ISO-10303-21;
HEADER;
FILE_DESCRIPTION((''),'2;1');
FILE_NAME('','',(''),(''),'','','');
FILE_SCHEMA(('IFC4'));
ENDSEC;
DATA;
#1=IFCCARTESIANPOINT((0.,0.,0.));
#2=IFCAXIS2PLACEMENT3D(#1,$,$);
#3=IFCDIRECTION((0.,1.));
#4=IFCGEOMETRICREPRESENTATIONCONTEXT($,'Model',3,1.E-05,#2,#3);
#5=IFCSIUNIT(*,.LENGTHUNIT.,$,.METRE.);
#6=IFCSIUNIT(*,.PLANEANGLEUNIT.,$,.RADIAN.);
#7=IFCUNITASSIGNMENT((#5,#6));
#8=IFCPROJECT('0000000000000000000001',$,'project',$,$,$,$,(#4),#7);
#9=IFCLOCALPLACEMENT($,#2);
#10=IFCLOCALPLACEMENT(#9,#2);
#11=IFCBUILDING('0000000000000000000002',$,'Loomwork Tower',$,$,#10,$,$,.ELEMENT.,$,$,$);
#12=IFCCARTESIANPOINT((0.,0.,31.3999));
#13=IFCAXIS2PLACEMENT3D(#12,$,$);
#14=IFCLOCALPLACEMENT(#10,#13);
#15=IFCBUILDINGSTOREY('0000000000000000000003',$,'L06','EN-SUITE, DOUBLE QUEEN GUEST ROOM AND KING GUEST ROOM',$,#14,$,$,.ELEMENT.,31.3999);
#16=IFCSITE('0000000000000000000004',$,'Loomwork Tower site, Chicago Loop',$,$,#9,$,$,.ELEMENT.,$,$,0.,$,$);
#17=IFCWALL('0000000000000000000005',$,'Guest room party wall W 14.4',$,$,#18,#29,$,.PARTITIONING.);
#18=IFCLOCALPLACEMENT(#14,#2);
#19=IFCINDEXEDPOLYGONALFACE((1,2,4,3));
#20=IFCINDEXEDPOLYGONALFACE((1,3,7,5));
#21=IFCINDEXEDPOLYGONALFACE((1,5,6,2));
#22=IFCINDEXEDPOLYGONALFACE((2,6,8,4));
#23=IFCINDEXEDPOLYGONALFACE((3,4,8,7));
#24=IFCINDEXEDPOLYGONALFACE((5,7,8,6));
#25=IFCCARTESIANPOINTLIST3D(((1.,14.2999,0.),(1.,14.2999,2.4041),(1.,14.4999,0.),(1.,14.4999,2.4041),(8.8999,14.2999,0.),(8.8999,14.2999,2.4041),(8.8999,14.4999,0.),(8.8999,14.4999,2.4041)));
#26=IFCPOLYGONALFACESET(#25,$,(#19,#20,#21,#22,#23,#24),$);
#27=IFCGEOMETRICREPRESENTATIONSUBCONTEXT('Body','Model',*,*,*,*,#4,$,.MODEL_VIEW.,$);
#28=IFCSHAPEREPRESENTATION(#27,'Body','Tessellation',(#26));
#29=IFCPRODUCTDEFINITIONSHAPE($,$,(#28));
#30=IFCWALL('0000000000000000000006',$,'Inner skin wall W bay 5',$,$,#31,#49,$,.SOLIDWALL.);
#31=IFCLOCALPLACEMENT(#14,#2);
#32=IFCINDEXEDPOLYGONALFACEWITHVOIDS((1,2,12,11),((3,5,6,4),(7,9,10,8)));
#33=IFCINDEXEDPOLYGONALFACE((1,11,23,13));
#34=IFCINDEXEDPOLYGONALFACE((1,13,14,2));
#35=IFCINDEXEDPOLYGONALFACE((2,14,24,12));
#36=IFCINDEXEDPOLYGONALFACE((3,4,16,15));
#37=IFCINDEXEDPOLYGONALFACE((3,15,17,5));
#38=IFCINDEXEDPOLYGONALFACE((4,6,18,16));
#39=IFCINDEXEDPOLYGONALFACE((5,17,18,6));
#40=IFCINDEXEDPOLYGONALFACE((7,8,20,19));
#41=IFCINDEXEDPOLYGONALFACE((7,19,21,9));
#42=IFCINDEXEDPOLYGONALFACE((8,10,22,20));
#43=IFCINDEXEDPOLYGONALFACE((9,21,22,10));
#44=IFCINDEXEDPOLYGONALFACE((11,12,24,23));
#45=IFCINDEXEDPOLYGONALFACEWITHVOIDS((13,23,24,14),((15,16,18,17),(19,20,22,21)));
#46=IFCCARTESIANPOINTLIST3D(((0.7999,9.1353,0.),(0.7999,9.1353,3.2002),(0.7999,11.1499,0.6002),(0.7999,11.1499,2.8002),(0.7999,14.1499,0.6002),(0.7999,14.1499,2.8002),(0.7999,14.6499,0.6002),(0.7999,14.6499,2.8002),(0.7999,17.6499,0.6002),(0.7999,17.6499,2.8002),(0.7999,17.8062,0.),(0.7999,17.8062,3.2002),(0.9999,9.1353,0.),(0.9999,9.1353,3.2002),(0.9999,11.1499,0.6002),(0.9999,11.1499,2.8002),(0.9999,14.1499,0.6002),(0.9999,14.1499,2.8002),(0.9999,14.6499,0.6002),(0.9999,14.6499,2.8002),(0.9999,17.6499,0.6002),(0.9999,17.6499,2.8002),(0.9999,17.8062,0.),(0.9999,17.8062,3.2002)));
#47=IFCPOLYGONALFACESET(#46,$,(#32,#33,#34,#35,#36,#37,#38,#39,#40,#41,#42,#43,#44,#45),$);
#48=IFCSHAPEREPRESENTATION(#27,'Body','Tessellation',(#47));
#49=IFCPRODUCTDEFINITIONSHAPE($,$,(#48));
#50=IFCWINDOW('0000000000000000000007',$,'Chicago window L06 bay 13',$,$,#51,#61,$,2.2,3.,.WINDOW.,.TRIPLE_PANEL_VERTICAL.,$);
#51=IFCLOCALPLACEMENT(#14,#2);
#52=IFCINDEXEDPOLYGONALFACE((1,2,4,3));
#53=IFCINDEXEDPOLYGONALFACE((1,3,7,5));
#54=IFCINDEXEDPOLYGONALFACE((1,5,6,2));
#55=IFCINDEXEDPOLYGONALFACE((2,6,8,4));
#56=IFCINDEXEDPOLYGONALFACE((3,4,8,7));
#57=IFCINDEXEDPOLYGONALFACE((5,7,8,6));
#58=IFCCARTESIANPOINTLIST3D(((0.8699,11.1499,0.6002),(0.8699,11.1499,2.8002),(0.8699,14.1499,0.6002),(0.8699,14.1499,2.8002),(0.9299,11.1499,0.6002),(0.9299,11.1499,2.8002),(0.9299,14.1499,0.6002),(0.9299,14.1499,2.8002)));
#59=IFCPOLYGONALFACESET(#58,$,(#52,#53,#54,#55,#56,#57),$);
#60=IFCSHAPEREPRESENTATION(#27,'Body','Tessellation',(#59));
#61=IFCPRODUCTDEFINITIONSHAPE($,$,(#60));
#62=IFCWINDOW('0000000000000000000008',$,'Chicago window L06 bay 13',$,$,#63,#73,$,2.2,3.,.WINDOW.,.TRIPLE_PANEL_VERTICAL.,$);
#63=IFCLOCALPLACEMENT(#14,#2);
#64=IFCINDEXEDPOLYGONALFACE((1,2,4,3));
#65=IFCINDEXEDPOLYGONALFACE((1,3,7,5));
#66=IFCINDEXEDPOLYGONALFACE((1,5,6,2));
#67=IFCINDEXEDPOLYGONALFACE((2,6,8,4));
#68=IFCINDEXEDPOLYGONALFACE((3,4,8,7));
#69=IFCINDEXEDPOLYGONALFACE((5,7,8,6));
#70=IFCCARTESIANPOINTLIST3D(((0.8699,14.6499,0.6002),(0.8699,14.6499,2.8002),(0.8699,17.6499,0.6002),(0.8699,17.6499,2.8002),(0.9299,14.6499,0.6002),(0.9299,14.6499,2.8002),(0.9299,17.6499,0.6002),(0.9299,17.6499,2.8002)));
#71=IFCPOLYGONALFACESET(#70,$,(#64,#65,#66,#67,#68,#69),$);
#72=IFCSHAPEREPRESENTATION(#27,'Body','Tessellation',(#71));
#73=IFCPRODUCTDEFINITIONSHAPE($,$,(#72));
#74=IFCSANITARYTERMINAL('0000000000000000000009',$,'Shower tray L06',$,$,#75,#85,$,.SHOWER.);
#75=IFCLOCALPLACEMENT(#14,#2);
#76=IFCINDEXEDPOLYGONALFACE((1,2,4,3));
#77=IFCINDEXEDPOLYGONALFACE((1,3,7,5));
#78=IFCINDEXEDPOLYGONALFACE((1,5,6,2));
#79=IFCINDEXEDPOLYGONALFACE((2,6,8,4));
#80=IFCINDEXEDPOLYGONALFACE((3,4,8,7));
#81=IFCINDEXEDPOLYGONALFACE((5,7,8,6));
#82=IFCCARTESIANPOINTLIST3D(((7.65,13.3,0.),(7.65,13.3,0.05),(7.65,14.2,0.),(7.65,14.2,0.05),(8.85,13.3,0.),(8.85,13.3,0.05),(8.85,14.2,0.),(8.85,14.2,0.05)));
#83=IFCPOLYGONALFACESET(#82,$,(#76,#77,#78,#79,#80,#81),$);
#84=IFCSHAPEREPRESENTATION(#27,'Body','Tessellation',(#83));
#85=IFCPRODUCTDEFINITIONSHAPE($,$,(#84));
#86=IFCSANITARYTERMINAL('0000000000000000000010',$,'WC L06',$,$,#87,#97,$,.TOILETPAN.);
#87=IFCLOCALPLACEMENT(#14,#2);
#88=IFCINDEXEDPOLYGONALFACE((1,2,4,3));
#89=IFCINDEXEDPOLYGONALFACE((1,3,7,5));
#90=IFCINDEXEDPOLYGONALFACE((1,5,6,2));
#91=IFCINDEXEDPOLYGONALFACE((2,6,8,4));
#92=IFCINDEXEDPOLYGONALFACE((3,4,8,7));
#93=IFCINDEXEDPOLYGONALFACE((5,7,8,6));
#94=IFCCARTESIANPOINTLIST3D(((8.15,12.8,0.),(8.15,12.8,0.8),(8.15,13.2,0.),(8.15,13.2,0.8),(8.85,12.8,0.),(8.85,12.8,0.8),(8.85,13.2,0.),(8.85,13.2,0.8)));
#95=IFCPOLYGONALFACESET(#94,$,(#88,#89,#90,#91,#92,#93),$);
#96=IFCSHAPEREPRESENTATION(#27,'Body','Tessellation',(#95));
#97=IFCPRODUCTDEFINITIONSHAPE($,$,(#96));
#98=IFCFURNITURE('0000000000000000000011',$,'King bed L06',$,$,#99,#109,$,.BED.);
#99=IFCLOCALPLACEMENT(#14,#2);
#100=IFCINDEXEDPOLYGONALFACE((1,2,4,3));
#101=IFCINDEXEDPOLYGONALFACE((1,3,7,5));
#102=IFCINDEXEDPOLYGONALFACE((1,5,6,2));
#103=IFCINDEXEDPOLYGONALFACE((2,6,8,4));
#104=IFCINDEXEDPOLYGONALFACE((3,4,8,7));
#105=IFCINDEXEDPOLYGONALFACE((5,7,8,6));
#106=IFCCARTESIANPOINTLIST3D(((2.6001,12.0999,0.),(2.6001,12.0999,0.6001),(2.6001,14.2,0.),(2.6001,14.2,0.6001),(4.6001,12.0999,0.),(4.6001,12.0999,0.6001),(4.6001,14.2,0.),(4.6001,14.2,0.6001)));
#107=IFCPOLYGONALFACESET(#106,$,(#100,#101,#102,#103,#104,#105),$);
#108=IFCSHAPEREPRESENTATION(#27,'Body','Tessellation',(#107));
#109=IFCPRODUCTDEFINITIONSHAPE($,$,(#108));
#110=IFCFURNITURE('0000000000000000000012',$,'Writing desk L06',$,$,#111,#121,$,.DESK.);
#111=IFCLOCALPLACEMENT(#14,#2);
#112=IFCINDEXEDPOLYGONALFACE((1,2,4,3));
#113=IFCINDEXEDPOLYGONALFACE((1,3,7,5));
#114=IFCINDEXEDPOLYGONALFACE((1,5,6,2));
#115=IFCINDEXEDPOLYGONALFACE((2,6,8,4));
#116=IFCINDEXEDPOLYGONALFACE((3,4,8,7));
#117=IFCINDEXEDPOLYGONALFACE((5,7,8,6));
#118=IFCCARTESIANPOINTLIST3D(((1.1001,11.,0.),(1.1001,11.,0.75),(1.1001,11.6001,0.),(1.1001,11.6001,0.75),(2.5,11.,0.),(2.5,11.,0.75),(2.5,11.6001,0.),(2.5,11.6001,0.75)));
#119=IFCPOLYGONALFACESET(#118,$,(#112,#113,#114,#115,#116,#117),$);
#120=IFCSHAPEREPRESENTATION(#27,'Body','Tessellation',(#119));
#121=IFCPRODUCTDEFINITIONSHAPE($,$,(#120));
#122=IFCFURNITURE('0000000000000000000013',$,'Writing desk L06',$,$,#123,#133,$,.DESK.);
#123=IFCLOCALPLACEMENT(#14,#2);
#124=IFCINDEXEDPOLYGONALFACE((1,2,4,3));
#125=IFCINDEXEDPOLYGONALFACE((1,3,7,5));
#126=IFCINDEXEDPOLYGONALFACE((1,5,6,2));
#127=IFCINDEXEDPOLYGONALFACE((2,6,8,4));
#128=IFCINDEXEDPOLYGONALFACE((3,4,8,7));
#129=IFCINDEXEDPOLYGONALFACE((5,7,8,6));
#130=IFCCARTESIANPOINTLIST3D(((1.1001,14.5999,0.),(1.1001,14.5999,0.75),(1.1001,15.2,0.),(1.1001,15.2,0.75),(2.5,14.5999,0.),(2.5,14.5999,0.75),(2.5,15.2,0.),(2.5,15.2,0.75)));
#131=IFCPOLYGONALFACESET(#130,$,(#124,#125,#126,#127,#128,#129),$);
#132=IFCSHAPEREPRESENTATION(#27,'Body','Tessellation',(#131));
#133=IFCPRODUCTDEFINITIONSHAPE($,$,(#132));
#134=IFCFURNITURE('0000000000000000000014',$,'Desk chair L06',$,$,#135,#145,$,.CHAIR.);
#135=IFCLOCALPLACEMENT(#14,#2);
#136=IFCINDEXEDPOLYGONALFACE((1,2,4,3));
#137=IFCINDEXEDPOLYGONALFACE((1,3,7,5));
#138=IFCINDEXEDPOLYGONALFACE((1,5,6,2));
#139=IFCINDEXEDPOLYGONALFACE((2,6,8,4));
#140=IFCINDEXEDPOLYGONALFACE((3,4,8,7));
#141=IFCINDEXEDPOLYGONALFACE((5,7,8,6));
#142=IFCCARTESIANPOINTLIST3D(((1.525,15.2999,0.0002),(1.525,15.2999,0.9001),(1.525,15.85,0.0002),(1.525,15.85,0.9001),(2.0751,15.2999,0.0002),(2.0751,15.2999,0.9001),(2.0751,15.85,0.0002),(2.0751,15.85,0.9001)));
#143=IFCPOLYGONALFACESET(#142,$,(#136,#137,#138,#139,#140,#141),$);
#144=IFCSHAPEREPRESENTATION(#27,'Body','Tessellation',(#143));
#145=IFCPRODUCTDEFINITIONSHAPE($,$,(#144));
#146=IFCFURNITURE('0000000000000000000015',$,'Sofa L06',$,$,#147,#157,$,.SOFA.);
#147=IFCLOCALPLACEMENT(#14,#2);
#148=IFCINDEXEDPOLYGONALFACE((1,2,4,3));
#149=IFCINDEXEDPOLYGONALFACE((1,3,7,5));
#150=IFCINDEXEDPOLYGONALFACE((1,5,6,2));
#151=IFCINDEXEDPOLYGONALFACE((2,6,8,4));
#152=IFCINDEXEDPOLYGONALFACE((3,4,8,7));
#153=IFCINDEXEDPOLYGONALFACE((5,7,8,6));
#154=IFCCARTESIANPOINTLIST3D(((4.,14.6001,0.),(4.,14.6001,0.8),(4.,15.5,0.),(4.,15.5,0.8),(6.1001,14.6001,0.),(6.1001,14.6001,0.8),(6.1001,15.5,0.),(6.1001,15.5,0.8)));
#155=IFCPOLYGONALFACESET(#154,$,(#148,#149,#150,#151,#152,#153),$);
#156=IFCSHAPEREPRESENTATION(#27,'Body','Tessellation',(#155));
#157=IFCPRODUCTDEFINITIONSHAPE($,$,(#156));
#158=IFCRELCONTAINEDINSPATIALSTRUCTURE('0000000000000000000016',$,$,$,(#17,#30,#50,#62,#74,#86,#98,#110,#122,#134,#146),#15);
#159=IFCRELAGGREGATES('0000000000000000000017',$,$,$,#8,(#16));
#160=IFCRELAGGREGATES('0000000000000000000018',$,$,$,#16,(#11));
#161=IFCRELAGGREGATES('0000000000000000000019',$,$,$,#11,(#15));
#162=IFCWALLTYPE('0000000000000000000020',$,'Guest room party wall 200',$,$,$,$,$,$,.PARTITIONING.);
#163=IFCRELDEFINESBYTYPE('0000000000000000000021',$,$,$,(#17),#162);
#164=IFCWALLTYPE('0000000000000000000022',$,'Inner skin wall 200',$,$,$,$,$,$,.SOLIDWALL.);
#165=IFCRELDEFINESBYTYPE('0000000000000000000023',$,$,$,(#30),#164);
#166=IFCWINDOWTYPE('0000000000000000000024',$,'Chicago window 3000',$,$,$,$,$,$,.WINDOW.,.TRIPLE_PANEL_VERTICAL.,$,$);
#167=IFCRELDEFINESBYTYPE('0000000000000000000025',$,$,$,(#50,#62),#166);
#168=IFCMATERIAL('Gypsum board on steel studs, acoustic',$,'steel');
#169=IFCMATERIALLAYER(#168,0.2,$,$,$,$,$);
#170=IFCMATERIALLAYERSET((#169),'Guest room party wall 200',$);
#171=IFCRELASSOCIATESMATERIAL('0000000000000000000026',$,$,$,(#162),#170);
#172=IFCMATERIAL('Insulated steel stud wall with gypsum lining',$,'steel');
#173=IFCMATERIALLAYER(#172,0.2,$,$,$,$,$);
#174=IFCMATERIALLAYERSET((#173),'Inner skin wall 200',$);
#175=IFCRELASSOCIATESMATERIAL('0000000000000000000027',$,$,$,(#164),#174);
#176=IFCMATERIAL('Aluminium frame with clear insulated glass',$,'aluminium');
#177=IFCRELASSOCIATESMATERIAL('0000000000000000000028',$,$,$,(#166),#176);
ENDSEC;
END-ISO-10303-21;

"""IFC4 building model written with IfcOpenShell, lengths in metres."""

from ifc_helpers import new_model, si_unit, direction, frame, frame_2d, origin, origin_2d, place, context, subcontext, project, spatial, rectangle, extrude, material, layer, layer_set, type_object, element, fill, save


model = new_model("IFC4")

# Units and contexts
model_context = context("Model", 3, precision=1e-05, world=origin(), true_north=direction((0.0, 1.0)))
body_context = subcontext(model_context, "Body", "Model", "MODEL_VIEW")
ifc_project = project(units=[si_unit("LENGTHUNIT", "METRE"), si_unit("PLANEANGLEUNIT", "RADIAN")], contexts=[model_context])

# Site, building, storey
site_placement = place(None, origin())
site = spatial("IfcSite", under=ifc_project, at=site_placement, Name="Loomwork Tower site, Chicago Loop", CompositionType="ELEMENT", RefElevation=0.0)
building_placement = place(site_placement, origin())
building = spatial("IfcBuilding", under=site, at=building_placement, Name="Loomwork Tower", CompositionType="ELEMENT")
storey_placement = place(building_placement, frame((0.0, 0.0, 31.3999)))
storey = spatial("IfcBuildingStorey", under=building, at=storey_placement, Name="L06", Description="EN-SUITE, DOUBLE QUEEN GUEST ROOM AND KING GUEST ROOM", CompositionType="ELEMENT", Elevation=31.3999)

# Wall
ifc_material_1 = material(Name="Gypsum board on steel studs, acoustic", Category="steel")
ifc_layer_1 = layer(ifc_material_1, 0.2)
ifc_layer_set_1 = layer_set([ifc_layer_1], Name="Guest room party wall 200")
wall_type_1 = type_object("IfcWallType", Name="Guest room party wall 200", PredefinedType="PARTITIONING", material=ifc_layer_set_1)
wall_1_placement = place(storey_placement, frame((8.8999, 14.3999, 0.0), z_axis=(0.0, 0.0, 1.0), x_axis=(-1.0, 0.0, 0.0)))
element("IfcWall", 1, at=wall_1_placement, inside=storey, type_object=wall_type_1, Name="Guest room party wall W 14.4", PredefinedType="PARTITIONING", context=body_context, shape_type="SweptSolid", body=[
    extrude(rectangle(XDim=7.8999, YDim=0.2, at=frame_2d((3.95, 0.0))), origin(), (0.0, 0.0, 1.0), 2.4041),
])

# Wall, openings, windows
ifc_material_2 = material(Name="Insulated steel stud wall with gypsum lining", Category="steel")
ifc_layer_2 = layer(ifc_material_2, 0.2)
ifc_layer_set_2 = layer_set([ifc_layer_2], Name="Inner skin wall 200")
wall_type_2 = type_object("IfcWallType", Name="Inner skin wall 200", PredefinedType="SOLIDWALL", material=ifc_layer_set_2)
wall_2_placement = place(storey_placement, frame((0.8999, 9.1353, 0.0), z_axis=(0.0, 0.0, 1.0), x_axis=(0.0, 1.0, 0.0)))
wall_2 = element("IfcWall", 2, at=wall_2_placement, inside=storey, type_object=wall_type_2, Name="Inner skin wall W bay 5", PredefinedType="SOLIDWALL", context=body_context, shape_type="SweptSolid", body=[
    extrude(rectangle(XDim=8.6709, YDim=0.2, at=frame_2d((4.3354, 0.0))), origin(), (0.0, 0.0, 1.0), 3.2002),
])
opening_1_placement = place(wall_2_placement, frame((2.0146, 0.0, 0.6001)))
opening_1 = element("IfcOpeningElement", 3, at=opening_1_placement, cuts=wall_2, PredefinedType="OPENING", context=body_context, shape_type="SweptSolid", body=[
    extrude(rectangle(XDim=3.0, YDim=2.2, at=frame_2d((1.5, 1.1001))), frame((0.0, 0.1099, 0.0), z_axis=(0.0, -1.0, 0.0), x_axis=(1.0, 0.0, 0.0)), (0.0, 0.0, 1.0), 0.22),
])
opening_2_placement = place(wall_2_placement, frame((5.5146, 0.0, 0.6001)))
opening_2 = element("IfcOpeningElement", 4, at=opening_2_placement, cuts=wall_2, PredefinedType="OPENING", context=body_context, shape_type="SweptSolid", body=[
    extrude(rectangle(XDim=3.0, YDim=2.2, at=frame_2d((1.5, 1.1001))), frame((0.0, 0.1099, 0.0), z_axis=(0.0, -1.0, 0.0), x_axis=(1.0, 0.0, 0.0)), (0.0, 0.0, 1.0), 0.22),
])
ifc_material_3 = material(Name="Aluminium frame with clear insulated glass", Category="aluminium")
window_type = type_object("IfcWindowType", Name="Chicago window 3000", PartitioningType="TRIPLE_PANEL_VERTICAL", PredefinedType="WINDOW", material=ifc_material_3)
window_1_placement = place(opening_1_placement, origin())
window_1 = element("IfcWindow", 5, at=window_1_placement, inside=storey, type_object=window_type, Name="Chicago window L06 bay 13", OverallHeight=2.2, OverallWidth=3.0, PartitioningType="TRIPLE_PANEL_VERTICAL", PredefinedType="WINDOW", context=body_context, shape_type="SweptSolid", body=[
    extrude(rectangle(XDim=3.0, YDim=2.2, at=frame_2d((1.5, 1.1001))), frame((0.0, 0.03, 0.0), z_axis=(0.0, -1.0, 0.0), x_axis=(1.0, 0.0, 0.0)), (0.0, 0.0, 1.0), 0.0601),
])
fill(opening_1, window_1)
window_2_placement = place(opening_2_placement, origin())
window_2 = element("IfcWindow", 6, at=window_2_placement, inside=storey, type_object=window_type, Name="Chicago window L06 bay 13", OverallHeight=2.2, OverallWidth=3.0, PartitioningType="TRIPLE_PANEL_VERTICAL", PredefinedType="WINDOW", context=body_context, shape_type="SweptSolid", body=[
    extrude(rectangle(XDim=3.0, YDim=2.2, at=frame_2d((1.5, 1.1001))), frame((0.0, 0.03, 0.0), z_axis=(0.0, -1.0, 0.0), x_axis=(1.0, 0.0, 0.0)), (0.0, 0.0, 1.0), 0.0601),
])
fill(opening_2, window_2)

# Sanitary terminals
sanitary_terminal_1_placement = place(storey_placement, frame((8.25, 13.75, 0.0), z_axis=(0.0, 0.0, 1.0), x_axis=(1.0, 0.0, 0.0)))
element("IfcSanitaryTerminal", 7, at=sanitary_terminal_1_placement, inside=storey, Name="Shower tray L06", PredefinedType="SHOWER", context=body_context, shape_type="SweptSolid", body=[
    extrude(rectangle(XDim=1.2, YDim=0.8999, at=origin_2d()), origin(), (0.0, 0.0, 1.0), 0.05),
])
sanitary_terminal_2_placement = place(storey_placement, frame((8.5, 13.0, 0.0), z_axis=(0.0, 0.0, 1.0), x_axis=(1.0, 0.0, 0.0)))
element("IfcSanitaryTerminal", 8, at=sanitary_terminal_2_placement, inside=storey, Name="WC L06", PredefinedType="TOILETPAN", context=body_context, shape_type="SweptSolid", body=[
    extrude(rectangle(XDim=0.7, YDim=0.3999, at=origin_2d()), origin(), (0.0, 0.0, 1.0), 0.8),
])

# Furniture
furniture_1_placement = place(storey_placement, frame((3.6001, 13.1499, 0.0), z_axis=(0.0, 0.0, 1.0), x_axis=(1.0, 0.0, 0.0)))
element("IfcFurniture", 9, at=furniture_1_placement, inside=storey, Name="King bed L06", PredefinedType="BED", context=body_context, shape_type="SweptSolid", body=[
    extrude(rectangle(XDim=2.0, YDim=2.1001, at=origin_2d()), origin(), (0.0, 0.0, 1.0), 0.6001),
])
for number, where, z_axis, x_axis, name in (
    (10, (1.8, 11.3, 0.0), (0.0, 0.0, 1.0), (1.0, 0.0, 0.0), "Writing desk L06"),
    (11, (1.8, 14.8999, 0.0), (0.0, 0.0, 1.0), (1.0, 0.0, 0.0), "Writing desk L06"),
):
    element("IfcFurniture", number, at=place(storey_placement, frame(where, z_axis=z_axis, x_axis=x_axis)), inside=storey, Name=name, PredefinedType="DESK", context=body_context, shape_type="SweptSolid", body=[
        extrude(rectangle(XDim=1.3999, YDim=0.6001, at=origin_2d()), origin(), (0.0, 0.0, 1.0), 0.75),
    ])
furniture_2_placement = place(storey_placement, frame((1.8, 15.575, 0.0002), z_axis=(0.0, 0.0, 1.0), x_axis=(1.0, 0.0, 0.0)))
element("IfcFurniture", 12, at=furniture_2_placement, inside=storey, Name="Desk chair L06", PredefinedType="CHAIR", context=body_context, shape_type="SweptSolid", body=[
    extrude(rectangle(XDim=0.55, YDim=0.55, at=origin_2d()), origin(), (0.0, 0.0, 1.0), 0.8999),
])
furniture_3_placement = place(storey_placement, frame((5.05, 15.05, 0.0), z_axis=(0.0, 0.0, 1.0), x_axis=(1.0, 0.0, 0.0)))
element("IfcFurniture", 13, at=furniture_3_placement, inside=storey, Name="Sofa L06", PredefinedType="SOFA", context=body_context, shape_type="SweptSolid", body=[
    extrude(rectangle(XDim=2.1001, YDim=0.8999, at=origin_2d()), origin(), (0.0, 0.0, 1.0), 0.8),
])

save(model, "model.ifc")
